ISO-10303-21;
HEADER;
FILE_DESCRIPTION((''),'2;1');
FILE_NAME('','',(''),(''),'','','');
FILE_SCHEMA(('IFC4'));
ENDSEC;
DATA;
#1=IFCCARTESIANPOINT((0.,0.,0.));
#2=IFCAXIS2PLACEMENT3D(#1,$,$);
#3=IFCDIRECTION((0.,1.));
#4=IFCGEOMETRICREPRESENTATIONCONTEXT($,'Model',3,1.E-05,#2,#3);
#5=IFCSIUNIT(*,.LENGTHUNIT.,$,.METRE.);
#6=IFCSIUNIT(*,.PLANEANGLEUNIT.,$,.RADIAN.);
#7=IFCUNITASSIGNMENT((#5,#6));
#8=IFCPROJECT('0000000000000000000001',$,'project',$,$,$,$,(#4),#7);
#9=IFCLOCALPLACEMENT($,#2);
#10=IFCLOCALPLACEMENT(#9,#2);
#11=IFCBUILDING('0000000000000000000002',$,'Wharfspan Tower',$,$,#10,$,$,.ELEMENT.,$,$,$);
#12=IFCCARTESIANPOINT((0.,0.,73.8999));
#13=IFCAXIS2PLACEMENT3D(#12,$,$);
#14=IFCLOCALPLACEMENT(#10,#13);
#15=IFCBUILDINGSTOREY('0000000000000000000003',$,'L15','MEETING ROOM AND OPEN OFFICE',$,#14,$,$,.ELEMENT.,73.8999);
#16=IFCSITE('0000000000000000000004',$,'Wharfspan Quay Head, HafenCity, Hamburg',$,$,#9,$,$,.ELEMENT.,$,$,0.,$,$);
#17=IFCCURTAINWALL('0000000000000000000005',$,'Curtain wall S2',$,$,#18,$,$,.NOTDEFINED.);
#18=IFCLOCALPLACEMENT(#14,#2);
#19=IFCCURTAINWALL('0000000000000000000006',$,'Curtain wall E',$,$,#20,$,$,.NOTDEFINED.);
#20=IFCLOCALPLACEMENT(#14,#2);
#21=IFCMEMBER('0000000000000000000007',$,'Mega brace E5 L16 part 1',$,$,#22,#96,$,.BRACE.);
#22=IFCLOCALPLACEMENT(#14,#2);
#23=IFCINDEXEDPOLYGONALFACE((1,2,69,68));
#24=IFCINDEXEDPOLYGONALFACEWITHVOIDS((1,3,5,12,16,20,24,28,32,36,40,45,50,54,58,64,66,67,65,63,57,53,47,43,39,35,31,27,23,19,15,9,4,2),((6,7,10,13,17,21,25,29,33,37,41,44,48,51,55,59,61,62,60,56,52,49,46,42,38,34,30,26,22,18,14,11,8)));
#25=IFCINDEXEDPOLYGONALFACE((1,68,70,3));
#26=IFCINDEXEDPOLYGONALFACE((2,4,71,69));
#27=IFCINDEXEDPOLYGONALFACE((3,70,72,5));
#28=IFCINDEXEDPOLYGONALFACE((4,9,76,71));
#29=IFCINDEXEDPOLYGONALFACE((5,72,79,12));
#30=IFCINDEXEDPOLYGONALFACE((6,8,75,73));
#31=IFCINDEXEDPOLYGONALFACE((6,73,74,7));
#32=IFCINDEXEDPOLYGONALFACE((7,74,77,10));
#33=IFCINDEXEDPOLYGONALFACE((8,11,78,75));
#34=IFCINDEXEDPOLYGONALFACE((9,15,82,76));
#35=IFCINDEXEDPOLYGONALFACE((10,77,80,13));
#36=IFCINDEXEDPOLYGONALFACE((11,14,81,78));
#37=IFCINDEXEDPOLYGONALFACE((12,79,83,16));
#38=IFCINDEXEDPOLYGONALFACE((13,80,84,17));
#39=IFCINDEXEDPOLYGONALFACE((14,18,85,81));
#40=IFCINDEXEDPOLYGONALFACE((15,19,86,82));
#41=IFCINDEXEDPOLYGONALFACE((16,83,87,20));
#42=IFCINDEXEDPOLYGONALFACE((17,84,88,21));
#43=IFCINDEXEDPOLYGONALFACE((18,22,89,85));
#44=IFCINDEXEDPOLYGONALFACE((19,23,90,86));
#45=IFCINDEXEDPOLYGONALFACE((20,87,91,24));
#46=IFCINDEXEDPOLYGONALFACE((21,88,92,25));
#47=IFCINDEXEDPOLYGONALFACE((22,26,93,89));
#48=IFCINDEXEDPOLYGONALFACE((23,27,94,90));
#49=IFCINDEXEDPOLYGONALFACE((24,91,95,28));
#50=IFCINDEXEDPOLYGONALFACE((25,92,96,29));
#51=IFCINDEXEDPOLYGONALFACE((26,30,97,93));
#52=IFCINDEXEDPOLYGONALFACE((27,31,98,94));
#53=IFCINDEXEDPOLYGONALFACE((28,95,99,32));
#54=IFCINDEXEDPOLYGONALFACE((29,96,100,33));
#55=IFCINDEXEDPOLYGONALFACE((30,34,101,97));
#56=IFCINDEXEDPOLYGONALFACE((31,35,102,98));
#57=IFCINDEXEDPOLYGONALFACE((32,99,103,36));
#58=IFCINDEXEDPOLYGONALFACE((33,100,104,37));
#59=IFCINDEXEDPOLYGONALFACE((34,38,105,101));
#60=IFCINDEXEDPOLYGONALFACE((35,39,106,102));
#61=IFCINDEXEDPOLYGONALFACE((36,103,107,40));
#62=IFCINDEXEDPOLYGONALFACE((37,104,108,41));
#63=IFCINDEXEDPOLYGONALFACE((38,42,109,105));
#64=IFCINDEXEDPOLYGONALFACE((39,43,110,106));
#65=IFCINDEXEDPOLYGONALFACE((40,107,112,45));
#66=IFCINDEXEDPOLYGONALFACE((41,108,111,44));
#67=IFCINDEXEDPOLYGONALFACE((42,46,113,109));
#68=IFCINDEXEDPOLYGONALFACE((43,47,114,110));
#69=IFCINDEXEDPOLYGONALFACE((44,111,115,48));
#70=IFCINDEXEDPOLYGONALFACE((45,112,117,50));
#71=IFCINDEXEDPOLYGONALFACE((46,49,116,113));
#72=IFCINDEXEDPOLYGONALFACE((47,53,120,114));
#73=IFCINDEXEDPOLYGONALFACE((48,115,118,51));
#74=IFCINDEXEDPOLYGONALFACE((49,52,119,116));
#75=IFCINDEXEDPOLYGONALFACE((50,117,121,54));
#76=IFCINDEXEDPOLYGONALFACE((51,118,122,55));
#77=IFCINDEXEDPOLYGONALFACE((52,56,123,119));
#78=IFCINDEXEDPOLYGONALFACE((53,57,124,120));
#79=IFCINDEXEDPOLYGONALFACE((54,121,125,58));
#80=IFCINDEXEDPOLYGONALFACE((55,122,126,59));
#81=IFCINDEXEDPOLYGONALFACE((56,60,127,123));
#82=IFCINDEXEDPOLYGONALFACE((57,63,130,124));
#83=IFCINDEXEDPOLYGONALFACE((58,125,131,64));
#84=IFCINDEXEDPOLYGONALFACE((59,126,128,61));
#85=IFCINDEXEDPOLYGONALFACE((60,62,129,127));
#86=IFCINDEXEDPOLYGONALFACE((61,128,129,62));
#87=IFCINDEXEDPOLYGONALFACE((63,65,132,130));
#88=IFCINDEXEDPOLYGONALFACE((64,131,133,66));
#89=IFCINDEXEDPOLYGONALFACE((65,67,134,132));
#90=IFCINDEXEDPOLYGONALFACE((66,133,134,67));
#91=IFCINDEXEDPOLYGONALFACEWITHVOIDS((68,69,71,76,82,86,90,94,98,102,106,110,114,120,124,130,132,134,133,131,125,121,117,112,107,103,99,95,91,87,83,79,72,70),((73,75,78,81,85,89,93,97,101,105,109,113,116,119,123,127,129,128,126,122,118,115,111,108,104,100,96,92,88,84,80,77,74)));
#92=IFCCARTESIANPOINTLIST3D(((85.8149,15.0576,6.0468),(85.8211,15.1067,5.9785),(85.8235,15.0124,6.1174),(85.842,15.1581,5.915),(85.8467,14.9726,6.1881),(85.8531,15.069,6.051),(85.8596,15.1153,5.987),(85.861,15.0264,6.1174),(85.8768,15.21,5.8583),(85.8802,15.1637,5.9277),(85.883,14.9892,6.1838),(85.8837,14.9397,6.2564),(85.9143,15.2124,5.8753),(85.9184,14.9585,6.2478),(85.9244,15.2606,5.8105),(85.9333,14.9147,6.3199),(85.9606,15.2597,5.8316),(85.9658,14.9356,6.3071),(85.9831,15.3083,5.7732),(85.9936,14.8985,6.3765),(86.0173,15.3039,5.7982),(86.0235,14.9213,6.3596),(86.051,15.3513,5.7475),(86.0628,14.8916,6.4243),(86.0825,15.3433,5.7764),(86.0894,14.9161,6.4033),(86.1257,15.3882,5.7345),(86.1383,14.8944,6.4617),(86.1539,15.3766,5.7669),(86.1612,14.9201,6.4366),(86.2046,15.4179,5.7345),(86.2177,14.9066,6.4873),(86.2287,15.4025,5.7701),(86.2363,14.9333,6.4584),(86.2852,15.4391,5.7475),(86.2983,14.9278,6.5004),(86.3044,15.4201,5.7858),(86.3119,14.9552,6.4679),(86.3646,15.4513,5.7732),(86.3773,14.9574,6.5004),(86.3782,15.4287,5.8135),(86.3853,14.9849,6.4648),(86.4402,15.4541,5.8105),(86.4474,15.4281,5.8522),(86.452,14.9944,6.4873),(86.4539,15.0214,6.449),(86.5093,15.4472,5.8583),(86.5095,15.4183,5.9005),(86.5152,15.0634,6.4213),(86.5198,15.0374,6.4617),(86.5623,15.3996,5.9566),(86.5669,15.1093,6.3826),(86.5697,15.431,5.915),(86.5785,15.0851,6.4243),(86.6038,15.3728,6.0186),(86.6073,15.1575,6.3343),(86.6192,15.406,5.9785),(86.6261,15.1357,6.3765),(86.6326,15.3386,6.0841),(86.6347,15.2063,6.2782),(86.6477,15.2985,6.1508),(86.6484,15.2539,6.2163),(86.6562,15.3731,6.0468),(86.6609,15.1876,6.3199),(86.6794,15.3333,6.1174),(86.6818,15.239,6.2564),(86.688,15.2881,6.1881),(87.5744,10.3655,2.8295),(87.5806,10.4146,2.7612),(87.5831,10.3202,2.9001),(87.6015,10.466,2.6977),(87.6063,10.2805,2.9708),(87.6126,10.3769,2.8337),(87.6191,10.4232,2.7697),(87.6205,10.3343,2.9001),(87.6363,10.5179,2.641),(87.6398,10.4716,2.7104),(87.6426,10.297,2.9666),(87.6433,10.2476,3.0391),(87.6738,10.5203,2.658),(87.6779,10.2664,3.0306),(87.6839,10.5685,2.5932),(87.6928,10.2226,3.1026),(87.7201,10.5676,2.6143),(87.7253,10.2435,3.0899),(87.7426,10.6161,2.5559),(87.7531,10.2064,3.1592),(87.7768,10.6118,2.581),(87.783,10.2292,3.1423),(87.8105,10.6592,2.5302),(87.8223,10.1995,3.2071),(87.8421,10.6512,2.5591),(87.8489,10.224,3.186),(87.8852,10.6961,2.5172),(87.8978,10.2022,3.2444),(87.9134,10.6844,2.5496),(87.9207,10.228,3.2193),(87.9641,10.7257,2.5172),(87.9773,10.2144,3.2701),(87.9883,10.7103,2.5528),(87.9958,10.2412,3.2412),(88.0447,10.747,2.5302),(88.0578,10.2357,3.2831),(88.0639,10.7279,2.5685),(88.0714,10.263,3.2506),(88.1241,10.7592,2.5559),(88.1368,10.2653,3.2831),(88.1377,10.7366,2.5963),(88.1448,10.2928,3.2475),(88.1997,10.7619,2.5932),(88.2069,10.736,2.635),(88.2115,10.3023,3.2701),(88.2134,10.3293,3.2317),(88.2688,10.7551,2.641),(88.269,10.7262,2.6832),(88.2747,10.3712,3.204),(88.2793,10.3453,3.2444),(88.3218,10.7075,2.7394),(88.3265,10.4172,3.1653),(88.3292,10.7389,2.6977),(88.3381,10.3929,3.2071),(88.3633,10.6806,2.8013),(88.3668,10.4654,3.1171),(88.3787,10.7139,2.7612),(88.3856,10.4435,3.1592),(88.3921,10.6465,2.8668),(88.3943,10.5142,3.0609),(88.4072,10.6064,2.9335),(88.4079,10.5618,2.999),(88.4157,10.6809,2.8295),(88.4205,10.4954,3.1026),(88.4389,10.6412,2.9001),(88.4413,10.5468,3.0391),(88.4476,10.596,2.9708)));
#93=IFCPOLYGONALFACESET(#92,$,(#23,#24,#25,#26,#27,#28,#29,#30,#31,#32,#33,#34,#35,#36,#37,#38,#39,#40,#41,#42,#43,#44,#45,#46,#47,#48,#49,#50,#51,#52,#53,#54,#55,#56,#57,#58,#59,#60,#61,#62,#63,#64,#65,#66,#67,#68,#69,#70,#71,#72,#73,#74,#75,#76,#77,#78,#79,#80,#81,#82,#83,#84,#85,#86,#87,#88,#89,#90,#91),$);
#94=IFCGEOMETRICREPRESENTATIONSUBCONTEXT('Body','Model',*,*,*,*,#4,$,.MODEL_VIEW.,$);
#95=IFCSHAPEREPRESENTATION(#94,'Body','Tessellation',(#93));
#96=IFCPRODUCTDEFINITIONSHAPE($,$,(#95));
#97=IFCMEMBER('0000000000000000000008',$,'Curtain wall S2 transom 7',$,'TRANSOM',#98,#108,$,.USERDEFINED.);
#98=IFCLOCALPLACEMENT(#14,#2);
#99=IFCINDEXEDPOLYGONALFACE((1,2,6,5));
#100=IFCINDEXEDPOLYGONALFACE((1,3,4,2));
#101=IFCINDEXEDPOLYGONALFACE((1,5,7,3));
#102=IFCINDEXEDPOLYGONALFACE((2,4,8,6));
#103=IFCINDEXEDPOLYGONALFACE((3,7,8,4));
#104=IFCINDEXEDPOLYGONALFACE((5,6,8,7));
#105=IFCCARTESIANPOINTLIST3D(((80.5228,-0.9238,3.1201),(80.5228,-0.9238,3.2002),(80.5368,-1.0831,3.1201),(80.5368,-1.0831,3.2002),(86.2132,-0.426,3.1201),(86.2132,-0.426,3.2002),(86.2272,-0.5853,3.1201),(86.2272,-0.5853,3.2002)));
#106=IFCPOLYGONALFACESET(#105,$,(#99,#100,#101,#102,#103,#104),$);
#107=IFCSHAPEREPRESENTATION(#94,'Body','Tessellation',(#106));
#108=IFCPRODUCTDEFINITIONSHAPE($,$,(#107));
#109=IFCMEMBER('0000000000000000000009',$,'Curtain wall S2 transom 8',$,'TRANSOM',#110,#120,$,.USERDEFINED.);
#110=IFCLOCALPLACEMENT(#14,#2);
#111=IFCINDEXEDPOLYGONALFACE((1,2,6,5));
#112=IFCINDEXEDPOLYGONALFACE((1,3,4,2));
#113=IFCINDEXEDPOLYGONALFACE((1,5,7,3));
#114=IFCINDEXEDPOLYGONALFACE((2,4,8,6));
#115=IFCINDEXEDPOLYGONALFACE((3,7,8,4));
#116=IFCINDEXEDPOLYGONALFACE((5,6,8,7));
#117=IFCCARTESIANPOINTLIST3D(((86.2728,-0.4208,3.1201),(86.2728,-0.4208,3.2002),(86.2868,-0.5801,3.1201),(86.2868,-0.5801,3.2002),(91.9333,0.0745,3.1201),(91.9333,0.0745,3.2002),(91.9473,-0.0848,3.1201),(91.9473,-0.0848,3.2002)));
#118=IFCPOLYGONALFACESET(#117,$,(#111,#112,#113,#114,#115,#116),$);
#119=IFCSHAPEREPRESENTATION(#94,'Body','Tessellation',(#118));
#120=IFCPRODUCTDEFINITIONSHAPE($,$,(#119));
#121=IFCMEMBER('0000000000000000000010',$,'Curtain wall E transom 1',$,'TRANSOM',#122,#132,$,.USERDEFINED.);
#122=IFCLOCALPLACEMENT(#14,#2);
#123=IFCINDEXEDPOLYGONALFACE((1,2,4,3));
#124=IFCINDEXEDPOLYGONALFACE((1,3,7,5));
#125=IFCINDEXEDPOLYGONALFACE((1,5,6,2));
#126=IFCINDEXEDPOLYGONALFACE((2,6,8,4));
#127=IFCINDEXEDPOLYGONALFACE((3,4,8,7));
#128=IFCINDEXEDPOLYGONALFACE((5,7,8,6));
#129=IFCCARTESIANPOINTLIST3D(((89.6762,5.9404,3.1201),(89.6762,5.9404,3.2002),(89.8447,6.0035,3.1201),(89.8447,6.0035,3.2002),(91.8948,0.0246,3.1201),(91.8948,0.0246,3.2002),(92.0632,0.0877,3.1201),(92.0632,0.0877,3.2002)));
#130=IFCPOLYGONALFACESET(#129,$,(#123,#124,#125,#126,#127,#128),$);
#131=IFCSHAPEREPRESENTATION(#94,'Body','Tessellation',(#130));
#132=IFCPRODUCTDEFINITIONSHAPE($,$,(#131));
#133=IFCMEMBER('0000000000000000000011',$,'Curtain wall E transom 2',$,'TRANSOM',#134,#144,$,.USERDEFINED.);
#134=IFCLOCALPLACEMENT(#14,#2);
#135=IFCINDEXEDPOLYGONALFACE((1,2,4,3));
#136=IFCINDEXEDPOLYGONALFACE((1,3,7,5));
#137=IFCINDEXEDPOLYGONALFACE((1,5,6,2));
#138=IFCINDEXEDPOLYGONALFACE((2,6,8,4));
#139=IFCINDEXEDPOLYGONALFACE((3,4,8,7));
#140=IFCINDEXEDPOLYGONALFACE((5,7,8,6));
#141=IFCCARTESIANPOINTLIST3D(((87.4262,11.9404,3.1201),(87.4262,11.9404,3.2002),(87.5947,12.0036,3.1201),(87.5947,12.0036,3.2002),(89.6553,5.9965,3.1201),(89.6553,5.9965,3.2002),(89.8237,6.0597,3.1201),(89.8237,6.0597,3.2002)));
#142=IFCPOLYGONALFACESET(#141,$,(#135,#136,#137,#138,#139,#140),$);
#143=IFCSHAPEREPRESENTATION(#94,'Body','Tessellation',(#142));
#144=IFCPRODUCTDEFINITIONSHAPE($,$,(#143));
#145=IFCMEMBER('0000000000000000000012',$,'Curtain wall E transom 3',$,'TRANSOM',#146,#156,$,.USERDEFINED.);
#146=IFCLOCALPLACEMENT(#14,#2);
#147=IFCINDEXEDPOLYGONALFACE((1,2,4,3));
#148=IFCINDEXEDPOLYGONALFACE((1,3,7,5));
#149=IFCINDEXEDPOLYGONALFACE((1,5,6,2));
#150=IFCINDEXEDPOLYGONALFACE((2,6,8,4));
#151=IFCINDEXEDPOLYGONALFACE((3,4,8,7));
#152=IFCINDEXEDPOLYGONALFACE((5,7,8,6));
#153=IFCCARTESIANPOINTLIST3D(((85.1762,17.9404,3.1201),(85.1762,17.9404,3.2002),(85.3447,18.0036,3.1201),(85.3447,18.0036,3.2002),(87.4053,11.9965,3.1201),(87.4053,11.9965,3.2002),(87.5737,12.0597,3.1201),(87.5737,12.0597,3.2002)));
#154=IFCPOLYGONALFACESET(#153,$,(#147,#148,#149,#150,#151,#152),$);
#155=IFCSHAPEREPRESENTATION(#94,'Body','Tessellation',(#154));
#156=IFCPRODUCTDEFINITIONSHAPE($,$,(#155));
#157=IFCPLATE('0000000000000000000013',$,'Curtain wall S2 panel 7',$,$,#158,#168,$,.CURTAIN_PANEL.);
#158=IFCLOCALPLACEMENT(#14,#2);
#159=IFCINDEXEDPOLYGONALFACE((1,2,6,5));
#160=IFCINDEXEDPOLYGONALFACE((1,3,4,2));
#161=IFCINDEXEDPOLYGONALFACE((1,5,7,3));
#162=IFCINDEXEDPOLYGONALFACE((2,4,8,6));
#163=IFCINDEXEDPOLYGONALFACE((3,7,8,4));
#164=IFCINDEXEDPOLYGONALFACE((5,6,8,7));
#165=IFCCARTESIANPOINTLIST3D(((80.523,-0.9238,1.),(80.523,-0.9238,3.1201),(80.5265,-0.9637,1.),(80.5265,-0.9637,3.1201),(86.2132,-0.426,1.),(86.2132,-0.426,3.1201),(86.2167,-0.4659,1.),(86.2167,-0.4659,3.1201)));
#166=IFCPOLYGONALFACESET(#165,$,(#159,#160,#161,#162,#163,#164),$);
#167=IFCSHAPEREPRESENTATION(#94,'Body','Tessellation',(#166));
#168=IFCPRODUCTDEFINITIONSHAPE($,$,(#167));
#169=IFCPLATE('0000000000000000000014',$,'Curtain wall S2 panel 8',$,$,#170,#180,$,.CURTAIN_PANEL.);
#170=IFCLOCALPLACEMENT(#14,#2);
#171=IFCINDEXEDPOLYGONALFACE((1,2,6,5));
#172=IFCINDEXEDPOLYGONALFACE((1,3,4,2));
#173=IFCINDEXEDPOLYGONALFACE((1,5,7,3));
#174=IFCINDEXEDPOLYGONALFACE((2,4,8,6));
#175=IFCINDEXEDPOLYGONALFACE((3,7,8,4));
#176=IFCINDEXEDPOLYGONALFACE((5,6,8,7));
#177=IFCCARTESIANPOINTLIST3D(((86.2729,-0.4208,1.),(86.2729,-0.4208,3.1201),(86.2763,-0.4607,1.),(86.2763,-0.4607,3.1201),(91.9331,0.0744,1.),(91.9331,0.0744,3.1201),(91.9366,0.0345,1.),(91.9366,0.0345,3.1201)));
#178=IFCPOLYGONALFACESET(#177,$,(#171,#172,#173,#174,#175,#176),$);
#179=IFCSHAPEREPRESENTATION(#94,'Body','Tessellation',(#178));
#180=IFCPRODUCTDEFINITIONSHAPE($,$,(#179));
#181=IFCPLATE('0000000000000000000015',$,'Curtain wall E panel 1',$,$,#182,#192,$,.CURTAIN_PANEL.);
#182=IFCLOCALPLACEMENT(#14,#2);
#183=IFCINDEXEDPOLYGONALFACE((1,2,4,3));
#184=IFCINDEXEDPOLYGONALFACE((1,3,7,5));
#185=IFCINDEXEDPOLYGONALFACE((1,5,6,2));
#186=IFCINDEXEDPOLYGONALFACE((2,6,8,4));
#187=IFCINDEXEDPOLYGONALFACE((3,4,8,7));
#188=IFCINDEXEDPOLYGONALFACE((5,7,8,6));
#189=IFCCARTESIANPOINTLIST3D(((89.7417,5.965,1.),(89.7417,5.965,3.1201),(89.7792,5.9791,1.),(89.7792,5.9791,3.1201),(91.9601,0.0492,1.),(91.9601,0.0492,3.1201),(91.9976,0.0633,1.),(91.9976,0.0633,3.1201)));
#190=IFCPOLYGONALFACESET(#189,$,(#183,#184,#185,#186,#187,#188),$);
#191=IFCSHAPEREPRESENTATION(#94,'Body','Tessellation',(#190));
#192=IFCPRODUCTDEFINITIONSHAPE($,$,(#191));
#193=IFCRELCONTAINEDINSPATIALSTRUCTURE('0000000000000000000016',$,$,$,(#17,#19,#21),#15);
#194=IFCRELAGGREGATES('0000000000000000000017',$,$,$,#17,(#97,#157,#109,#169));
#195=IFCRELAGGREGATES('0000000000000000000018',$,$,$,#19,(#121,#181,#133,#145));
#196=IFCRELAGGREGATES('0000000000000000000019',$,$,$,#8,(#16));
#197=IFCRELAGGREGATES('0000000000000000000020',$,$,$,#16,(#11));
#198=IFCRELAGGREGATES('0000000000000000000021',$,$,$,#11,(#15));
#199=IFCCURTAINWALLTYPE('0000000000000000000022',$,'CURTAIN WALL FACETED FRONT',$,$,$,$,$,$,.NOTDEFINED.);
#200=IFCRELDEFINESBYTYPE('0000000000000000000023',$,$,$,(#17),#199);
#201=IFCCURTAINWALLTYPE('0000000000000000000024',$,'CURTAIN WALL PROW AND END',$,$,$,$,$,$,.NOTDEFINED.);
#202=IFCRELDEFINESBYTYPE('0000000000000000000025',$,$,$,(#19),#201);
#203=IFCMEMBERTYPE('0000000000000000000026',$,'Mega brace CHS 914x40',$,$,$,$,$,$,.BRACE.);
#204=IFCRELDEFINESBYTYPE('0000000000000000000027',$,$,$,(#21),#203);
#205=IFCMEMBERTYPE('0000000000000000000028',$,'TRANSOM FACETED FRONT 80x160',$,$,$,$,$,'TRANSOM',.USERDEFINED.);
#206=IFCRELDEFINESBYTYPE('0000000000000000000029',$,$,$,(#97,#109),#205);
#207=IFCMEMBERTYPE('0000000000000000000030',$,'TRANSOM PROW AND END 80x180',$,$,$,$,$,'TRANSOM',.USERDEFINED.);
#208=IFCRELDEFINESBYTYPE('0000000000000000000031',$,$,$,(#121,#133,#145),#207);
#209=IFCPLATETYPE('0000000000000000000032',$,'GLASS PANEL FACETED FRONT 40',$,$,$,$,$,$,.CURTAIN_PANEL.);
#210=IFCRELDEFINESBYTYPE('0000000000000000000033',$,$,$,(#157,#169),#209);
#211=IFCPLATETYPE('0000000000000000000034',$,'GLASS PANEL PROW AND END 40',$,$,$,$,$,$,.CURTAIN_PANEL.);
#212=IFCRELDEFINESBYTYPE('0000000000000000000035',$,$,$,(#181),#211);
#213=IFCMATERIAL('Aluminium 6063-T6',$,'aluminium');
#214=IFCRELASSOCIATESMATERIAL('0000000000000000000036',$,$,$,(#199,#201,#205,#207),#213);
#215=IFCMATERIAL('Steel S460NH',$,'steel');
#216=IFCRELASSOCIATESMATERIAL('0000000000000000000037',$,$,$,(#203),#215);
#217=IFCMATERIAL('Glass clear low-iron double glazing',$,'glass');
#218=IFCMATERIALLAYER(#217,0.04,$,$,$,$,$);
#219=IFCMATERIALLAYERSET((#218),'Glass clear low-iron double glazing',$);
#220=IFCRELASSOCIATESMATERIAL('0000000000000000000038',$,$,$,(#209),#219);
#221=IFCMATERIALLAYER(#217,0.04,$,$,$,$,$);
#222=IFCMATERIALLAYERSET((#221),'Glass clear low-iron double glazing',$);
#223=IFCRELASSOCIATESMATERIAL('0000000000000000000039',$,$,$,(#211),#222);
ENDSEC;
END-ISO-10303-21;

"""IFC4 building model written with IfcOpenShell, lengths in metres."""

from ifc_helpers import new_model, si_unit, direction, frame, origin, origin_2d, place, context, subcontext, project, spatial, rectangle, hollow_circle, extrude, material, layer, layer_set, material_profile, profile_set, type_object, element, aggregate, save


model = new_model("IFC4")

# Units and contexts
model_context = context("Model", 3, precision=1e-05, world=origin(), true_north=direction((0.0, 1.0)))
body_context = subcontext(model_context, "Body", "Model", "MODEL_VIEW")
ifc_project = project(units=[si_unit("LENGTHUNIT", "METRE"), si_unit("PLANEANGLEUNIT", "RADIAN")], contexts=[model_context])

# Site, building, storey
site_placement = place(None, origin())
site = spatial("IfcSite", under=ifc_project, at=site_placement, Name="Wharfspan Quay Head, HafenCity, Hamburg", CompositionType="ELEMENT", RefElevation=0.0)
building_placement = place(site_placement, origin())
building = spatial("IfcBuilding", under=site, at=building_placement, Name="Wharfspan Tower", CompositionType="ELEMENT")
storey_placement = place(building_placement, frame((0.0, 0.0, 73.8999)))
storey = spatial("IfcBuildingStorey", under=building, at=storey_placement, Name="L15", Description="MEETING ROOM AND OPEN OFFICE", CompositionType="ELEMENT", Elevation=73.8999)

# Curtain walls
ifc_material_1 = material(Name="Aluminium 6063-T6", Category="aluminium")
curtain_wall_type_1 = type_object("IfcCurtainWallType", Name="CURTAIN WALL FACETED FRONT", PredefinedType="NOTDEFINED", material=ifc_material_1)
curtain_wall_1_placement = place(storey_placement, origin())
curtain_wall_1 = element("IfcCurtainWall", 1, at=curtain_wall_1_placement, inside=storey, type_object=curtain_wall_type_1, Name="Curtain wall S2", PredefinedType="NOTDEFINED")
curtain_wall_type_2 = type_object("IfcCurtainWallType", Name="CURTAIN WALL PROW AND END", PredefinedType="NOTDEFINED", material=ifc_material_1)
curtain_wall_2_placement = place(storey_placement, origin())
curtain_wall_2 = element("IfcCurtainWall", 2, at=curtain_wall_2_placement, inside=storey, type_object=curtain_wall_type_2, Name="Curtain wall E", PredefinedType="NOTDEFINED")

# Members
ifc_material_2 = material(Name="Steel S460NH", Category="steel")
ifc_material_profile_1 = material_profile(ifc_material_2, hollow_circle(Radius=0.457, WallThickness=0.04, at=origin_2d()))
ifc_profile_set_1 = profile_set([ifc_material_profile_1], Name="Steel S460NH")
member_type_1 = type_object("IfcMemberType", Name="Mega brace CHS 914x40", PredefinedType="BRACE", material=ifc_profile_set_1)
member_1_placement = place(storey_placement, frame((88.011, 10.4807, 2.9001), z_axis=(-0.295466, 0.787922, 0.540259), x_axis=(-0.936329, -0.351115, -0.000004)))
element("IfcMember", 3, at=member_1_placement, inside=storey, type_object=member_type_1, Name="Mega brace E5 L16 part 1", PredefinedType="BRACE", context=body_context, shape_type="SweptSolid", body=[
    extrude(hollow_circle(Radius=0.457, WallThickness=0.04, at=origin_2d()), origin(), (0.0, 0.0, 1.0), 5.9551),
])
ifc_material_profile_2 = material_profile(ifc_material_1, rectangle(XDim=0.1599, YDim=0.0801, at=origin_2d()))
ifc_profile_set_2 = profile_set([ifc_material_profile_2], Name="Aluminium 6063-T6")
member_type_2 = type_object("IfcMemberType", Name="TRANSOM FACETED FRONT 80x160", ElementType="TRANSOM", PredefinedType="USERDEFINED", material=ifc_profile_set_2)
member_2_placement = place(storey_placement, frame((80.5298, -1.0034, 3.1602), z_axis=(0.996195, 0.087148, 0.0), x_axis=(-0.087148, 0.996195, 0.0)))
member_2 = element("IfcMember", 4, at=member_2_placement, type_object=member_type_2, Name="Curtain wall S2 transom 7", ObjectType="TRANSOM", PredefinedType="USERDEFINED", context=body_context, shape_type="SweptSolid", body=[
    extrude(rectangle(XDim=0.1599, YDim=0.0801, at=origin_2d()), origin(), (0.0, 0.0, 1.0), 5.7122),
])
member_3_placement = place(storey_placement, frame((86.2798, -0.5005, 3.1602), z_axis=(0.996193, 0.08718, 0.0), x_axis=(-0.08718, 0.996193, 0.0)))
member_3 = element("IfcMember", 5, at=member_3_placement, type_object=member_type_2, Name="Curtain wall S2 transom 8", ObjectType="TRANSOM", PredefinedType="USERDEFINED", context=body_context, shape_type="SweptSolid", body=[
    extrude(rectangle(XDim=0.1599, YDim=0.0801, at=origin_2d()), origin(), (0.0, 0.0, 1.0), 5.6821),
])
ifc_material_profile_3 = material_profile(ifc_material_1, rectangle(XDim=0.1799, YDim=0.0801, at=origin_2d()))
ifc_profile_set_3 = profile_set([ifc_material_profile_3], Name="Aluminium 6063-T6")
member_type_3 = type_object("IfcMemberType", Name="TRANSOM PROW AND END 80x180", ElementType="TRANSOM", PredefinedType="USERDEFINED", material=ifc_profile_set_3)
member_4_placement = place(storey_placement, frame((91.979, 0.0562, 3.1602), z_axis=(-0.351136, 0.936324, 0.0), x_axis=(-0.936324, -0.351136, 0.0)))
member_4 = element("IfcMember", 6, at=member_4_placement, type_object=member_type_3, Name="Curtain wall E transom 1", ObjectType="TRANSOM", PredefinedType="USERDEFINED", context=body_context, shape_type="SweptSolid", body=[
    extrude(rectangle(XDim=0.1799, YDim=0.0801, at=origin_2d()), origin(), (0.0, 0.0, 1.0), 6.3181),
])
member_5_placement = place(storey_placement, frame((89.7395, 6.0281, 3.1602), z_axis=(-0.351132, 0.936326, 0.0), x_axis=(-0.936326, -0.351132, 0.0)))
member_5 = element("IfcMember", 7, at=member_5_placement, type_object=member_type_3, Name="Curtain wall E transom 2", ObjectType="TRANSOM", PredefinedType="USERDEFINED", context=body_context, shape_type="SweptSolid", body=[
    extrude(rectangle(XDim=0.1799, YDim=0.0801, at=origin_2d()), origin(), (0.0, 0.0, 1.0), 6.3481),
])
member_6_placement = place(storey_placement, frame((87.4895, 12.0281, 3.1602), z_axis=(-0.351132, 0.936326, 0.0), x_axis=(-0.936326, -0.351132, 0.0)))
member_6 = element("IfcMember", 8, at=member_6_placement, type_object=member_type_3, Name="Curtain wall E transom 3", ObjectType="TRANSOM", PredefinedType="USERDEFINED", context=body_context, shape_type="SweptSolid", body=[
    extrude(rectangle(XDim=0.1799, YDim=0.0801, at=origin_2d()), origin(), (0.0, 0.0, 1.0), 6.3481),
])

# Plates
ifc_material_3 = material(Name="Glass clear low-iron double glazing", Category="glass")
ifc_layer_1 = layer(ifc_material_3, 0.04)
ifc_layer_set_1 = layer_set([ifc_layer_1], Name="Glass clear low-iron double glazing")
plate_type_1 = type_object("IfcPlateType", Name="GLASS PANEL FACETED FRONT 40", PredefinedType="CURTAIN_PANEL", material=ifc_layer_set_1)
plate_1_placement = place(storey_placement, frame((83.3699, -0.6948, 1.0), z_axis=(0.0, 0.0, 1.0), x_axis=(0.996197, 0.087156, 0.0)))
plate_1 = element("IfcPlate", 9, at=plate_1_placement, type_object=plate_type_1, Name="Curtain wall S2 panel 7", PredefinedType="CURTAIN_PANEL", context=body_context, shape_type="SweptSolid", body=[
    extrude(rectangle(XDim=5.7119, YDim=0.04, at=origin_2d()), origin(), (0.0, 0.0, 1.0), 2.1201),
])
plate_2_placement = place(storey_placement, frame((89.1047, -0.1931, 1.0), z_axis=(0.0, 0.0, 1.0), x_axis=(0.996197, 0.087156, 0.0)))
plate_2 = element("IfcPlate", 10, at=plate_2_placement, type_object=plate_type_1, Name="Curtain wall S2 panel 8", PredefinedType="CURTAIN_PANEL", context=body_context, shape_type="SweptSolid", body=[
    extrude(rectangle(XDim=5.6819, YDim=0.04, at=origin_2d()), origin(), (0.0, 0.0, 1.0), 2.1201),
])
aggregate(curtain_wall_1, [member_2, plate_1, member_3, plate_2])
ifc_layer_2 = layer(ifc_material_3, 0.04)
ifc_layer_set_2 = layer_set([ifc_layer_2], Name="Glass clear low-iron double glazing")
plate_type_2 = type_object("IfcPlateType", Name="GLASS PANEL PROW AND END 40", PredefinedType="CURTAIN_PANEL", material=ifc_layer_set_2)
plate_3_placement = place(storey_placement, frame((90.8696, 3.0142, 1.0), z_axis=(0.0, 0.0, 1.0), x_axis=(-0.351123, 0.936328, 0.0)))
plate_3 = element("IfcPlate", 11, at=plate_3_placement, type_object=plate_type_2, Name="Curtain wall E panel 1", PredefinedType="CURTAIN_PANEL", context=body_context, shape_type="SweptSolid", body=[
    extrude(rectangle(XDim=6.3181, YDim=0.04, at=origin_2d()), origin(), (0.0, 0.0, 1.0), 2.1201),
])
aggregate(curtain_wall_2, [member_4, plate_3, member_5, member_6])

save(model, "model.ifc")
